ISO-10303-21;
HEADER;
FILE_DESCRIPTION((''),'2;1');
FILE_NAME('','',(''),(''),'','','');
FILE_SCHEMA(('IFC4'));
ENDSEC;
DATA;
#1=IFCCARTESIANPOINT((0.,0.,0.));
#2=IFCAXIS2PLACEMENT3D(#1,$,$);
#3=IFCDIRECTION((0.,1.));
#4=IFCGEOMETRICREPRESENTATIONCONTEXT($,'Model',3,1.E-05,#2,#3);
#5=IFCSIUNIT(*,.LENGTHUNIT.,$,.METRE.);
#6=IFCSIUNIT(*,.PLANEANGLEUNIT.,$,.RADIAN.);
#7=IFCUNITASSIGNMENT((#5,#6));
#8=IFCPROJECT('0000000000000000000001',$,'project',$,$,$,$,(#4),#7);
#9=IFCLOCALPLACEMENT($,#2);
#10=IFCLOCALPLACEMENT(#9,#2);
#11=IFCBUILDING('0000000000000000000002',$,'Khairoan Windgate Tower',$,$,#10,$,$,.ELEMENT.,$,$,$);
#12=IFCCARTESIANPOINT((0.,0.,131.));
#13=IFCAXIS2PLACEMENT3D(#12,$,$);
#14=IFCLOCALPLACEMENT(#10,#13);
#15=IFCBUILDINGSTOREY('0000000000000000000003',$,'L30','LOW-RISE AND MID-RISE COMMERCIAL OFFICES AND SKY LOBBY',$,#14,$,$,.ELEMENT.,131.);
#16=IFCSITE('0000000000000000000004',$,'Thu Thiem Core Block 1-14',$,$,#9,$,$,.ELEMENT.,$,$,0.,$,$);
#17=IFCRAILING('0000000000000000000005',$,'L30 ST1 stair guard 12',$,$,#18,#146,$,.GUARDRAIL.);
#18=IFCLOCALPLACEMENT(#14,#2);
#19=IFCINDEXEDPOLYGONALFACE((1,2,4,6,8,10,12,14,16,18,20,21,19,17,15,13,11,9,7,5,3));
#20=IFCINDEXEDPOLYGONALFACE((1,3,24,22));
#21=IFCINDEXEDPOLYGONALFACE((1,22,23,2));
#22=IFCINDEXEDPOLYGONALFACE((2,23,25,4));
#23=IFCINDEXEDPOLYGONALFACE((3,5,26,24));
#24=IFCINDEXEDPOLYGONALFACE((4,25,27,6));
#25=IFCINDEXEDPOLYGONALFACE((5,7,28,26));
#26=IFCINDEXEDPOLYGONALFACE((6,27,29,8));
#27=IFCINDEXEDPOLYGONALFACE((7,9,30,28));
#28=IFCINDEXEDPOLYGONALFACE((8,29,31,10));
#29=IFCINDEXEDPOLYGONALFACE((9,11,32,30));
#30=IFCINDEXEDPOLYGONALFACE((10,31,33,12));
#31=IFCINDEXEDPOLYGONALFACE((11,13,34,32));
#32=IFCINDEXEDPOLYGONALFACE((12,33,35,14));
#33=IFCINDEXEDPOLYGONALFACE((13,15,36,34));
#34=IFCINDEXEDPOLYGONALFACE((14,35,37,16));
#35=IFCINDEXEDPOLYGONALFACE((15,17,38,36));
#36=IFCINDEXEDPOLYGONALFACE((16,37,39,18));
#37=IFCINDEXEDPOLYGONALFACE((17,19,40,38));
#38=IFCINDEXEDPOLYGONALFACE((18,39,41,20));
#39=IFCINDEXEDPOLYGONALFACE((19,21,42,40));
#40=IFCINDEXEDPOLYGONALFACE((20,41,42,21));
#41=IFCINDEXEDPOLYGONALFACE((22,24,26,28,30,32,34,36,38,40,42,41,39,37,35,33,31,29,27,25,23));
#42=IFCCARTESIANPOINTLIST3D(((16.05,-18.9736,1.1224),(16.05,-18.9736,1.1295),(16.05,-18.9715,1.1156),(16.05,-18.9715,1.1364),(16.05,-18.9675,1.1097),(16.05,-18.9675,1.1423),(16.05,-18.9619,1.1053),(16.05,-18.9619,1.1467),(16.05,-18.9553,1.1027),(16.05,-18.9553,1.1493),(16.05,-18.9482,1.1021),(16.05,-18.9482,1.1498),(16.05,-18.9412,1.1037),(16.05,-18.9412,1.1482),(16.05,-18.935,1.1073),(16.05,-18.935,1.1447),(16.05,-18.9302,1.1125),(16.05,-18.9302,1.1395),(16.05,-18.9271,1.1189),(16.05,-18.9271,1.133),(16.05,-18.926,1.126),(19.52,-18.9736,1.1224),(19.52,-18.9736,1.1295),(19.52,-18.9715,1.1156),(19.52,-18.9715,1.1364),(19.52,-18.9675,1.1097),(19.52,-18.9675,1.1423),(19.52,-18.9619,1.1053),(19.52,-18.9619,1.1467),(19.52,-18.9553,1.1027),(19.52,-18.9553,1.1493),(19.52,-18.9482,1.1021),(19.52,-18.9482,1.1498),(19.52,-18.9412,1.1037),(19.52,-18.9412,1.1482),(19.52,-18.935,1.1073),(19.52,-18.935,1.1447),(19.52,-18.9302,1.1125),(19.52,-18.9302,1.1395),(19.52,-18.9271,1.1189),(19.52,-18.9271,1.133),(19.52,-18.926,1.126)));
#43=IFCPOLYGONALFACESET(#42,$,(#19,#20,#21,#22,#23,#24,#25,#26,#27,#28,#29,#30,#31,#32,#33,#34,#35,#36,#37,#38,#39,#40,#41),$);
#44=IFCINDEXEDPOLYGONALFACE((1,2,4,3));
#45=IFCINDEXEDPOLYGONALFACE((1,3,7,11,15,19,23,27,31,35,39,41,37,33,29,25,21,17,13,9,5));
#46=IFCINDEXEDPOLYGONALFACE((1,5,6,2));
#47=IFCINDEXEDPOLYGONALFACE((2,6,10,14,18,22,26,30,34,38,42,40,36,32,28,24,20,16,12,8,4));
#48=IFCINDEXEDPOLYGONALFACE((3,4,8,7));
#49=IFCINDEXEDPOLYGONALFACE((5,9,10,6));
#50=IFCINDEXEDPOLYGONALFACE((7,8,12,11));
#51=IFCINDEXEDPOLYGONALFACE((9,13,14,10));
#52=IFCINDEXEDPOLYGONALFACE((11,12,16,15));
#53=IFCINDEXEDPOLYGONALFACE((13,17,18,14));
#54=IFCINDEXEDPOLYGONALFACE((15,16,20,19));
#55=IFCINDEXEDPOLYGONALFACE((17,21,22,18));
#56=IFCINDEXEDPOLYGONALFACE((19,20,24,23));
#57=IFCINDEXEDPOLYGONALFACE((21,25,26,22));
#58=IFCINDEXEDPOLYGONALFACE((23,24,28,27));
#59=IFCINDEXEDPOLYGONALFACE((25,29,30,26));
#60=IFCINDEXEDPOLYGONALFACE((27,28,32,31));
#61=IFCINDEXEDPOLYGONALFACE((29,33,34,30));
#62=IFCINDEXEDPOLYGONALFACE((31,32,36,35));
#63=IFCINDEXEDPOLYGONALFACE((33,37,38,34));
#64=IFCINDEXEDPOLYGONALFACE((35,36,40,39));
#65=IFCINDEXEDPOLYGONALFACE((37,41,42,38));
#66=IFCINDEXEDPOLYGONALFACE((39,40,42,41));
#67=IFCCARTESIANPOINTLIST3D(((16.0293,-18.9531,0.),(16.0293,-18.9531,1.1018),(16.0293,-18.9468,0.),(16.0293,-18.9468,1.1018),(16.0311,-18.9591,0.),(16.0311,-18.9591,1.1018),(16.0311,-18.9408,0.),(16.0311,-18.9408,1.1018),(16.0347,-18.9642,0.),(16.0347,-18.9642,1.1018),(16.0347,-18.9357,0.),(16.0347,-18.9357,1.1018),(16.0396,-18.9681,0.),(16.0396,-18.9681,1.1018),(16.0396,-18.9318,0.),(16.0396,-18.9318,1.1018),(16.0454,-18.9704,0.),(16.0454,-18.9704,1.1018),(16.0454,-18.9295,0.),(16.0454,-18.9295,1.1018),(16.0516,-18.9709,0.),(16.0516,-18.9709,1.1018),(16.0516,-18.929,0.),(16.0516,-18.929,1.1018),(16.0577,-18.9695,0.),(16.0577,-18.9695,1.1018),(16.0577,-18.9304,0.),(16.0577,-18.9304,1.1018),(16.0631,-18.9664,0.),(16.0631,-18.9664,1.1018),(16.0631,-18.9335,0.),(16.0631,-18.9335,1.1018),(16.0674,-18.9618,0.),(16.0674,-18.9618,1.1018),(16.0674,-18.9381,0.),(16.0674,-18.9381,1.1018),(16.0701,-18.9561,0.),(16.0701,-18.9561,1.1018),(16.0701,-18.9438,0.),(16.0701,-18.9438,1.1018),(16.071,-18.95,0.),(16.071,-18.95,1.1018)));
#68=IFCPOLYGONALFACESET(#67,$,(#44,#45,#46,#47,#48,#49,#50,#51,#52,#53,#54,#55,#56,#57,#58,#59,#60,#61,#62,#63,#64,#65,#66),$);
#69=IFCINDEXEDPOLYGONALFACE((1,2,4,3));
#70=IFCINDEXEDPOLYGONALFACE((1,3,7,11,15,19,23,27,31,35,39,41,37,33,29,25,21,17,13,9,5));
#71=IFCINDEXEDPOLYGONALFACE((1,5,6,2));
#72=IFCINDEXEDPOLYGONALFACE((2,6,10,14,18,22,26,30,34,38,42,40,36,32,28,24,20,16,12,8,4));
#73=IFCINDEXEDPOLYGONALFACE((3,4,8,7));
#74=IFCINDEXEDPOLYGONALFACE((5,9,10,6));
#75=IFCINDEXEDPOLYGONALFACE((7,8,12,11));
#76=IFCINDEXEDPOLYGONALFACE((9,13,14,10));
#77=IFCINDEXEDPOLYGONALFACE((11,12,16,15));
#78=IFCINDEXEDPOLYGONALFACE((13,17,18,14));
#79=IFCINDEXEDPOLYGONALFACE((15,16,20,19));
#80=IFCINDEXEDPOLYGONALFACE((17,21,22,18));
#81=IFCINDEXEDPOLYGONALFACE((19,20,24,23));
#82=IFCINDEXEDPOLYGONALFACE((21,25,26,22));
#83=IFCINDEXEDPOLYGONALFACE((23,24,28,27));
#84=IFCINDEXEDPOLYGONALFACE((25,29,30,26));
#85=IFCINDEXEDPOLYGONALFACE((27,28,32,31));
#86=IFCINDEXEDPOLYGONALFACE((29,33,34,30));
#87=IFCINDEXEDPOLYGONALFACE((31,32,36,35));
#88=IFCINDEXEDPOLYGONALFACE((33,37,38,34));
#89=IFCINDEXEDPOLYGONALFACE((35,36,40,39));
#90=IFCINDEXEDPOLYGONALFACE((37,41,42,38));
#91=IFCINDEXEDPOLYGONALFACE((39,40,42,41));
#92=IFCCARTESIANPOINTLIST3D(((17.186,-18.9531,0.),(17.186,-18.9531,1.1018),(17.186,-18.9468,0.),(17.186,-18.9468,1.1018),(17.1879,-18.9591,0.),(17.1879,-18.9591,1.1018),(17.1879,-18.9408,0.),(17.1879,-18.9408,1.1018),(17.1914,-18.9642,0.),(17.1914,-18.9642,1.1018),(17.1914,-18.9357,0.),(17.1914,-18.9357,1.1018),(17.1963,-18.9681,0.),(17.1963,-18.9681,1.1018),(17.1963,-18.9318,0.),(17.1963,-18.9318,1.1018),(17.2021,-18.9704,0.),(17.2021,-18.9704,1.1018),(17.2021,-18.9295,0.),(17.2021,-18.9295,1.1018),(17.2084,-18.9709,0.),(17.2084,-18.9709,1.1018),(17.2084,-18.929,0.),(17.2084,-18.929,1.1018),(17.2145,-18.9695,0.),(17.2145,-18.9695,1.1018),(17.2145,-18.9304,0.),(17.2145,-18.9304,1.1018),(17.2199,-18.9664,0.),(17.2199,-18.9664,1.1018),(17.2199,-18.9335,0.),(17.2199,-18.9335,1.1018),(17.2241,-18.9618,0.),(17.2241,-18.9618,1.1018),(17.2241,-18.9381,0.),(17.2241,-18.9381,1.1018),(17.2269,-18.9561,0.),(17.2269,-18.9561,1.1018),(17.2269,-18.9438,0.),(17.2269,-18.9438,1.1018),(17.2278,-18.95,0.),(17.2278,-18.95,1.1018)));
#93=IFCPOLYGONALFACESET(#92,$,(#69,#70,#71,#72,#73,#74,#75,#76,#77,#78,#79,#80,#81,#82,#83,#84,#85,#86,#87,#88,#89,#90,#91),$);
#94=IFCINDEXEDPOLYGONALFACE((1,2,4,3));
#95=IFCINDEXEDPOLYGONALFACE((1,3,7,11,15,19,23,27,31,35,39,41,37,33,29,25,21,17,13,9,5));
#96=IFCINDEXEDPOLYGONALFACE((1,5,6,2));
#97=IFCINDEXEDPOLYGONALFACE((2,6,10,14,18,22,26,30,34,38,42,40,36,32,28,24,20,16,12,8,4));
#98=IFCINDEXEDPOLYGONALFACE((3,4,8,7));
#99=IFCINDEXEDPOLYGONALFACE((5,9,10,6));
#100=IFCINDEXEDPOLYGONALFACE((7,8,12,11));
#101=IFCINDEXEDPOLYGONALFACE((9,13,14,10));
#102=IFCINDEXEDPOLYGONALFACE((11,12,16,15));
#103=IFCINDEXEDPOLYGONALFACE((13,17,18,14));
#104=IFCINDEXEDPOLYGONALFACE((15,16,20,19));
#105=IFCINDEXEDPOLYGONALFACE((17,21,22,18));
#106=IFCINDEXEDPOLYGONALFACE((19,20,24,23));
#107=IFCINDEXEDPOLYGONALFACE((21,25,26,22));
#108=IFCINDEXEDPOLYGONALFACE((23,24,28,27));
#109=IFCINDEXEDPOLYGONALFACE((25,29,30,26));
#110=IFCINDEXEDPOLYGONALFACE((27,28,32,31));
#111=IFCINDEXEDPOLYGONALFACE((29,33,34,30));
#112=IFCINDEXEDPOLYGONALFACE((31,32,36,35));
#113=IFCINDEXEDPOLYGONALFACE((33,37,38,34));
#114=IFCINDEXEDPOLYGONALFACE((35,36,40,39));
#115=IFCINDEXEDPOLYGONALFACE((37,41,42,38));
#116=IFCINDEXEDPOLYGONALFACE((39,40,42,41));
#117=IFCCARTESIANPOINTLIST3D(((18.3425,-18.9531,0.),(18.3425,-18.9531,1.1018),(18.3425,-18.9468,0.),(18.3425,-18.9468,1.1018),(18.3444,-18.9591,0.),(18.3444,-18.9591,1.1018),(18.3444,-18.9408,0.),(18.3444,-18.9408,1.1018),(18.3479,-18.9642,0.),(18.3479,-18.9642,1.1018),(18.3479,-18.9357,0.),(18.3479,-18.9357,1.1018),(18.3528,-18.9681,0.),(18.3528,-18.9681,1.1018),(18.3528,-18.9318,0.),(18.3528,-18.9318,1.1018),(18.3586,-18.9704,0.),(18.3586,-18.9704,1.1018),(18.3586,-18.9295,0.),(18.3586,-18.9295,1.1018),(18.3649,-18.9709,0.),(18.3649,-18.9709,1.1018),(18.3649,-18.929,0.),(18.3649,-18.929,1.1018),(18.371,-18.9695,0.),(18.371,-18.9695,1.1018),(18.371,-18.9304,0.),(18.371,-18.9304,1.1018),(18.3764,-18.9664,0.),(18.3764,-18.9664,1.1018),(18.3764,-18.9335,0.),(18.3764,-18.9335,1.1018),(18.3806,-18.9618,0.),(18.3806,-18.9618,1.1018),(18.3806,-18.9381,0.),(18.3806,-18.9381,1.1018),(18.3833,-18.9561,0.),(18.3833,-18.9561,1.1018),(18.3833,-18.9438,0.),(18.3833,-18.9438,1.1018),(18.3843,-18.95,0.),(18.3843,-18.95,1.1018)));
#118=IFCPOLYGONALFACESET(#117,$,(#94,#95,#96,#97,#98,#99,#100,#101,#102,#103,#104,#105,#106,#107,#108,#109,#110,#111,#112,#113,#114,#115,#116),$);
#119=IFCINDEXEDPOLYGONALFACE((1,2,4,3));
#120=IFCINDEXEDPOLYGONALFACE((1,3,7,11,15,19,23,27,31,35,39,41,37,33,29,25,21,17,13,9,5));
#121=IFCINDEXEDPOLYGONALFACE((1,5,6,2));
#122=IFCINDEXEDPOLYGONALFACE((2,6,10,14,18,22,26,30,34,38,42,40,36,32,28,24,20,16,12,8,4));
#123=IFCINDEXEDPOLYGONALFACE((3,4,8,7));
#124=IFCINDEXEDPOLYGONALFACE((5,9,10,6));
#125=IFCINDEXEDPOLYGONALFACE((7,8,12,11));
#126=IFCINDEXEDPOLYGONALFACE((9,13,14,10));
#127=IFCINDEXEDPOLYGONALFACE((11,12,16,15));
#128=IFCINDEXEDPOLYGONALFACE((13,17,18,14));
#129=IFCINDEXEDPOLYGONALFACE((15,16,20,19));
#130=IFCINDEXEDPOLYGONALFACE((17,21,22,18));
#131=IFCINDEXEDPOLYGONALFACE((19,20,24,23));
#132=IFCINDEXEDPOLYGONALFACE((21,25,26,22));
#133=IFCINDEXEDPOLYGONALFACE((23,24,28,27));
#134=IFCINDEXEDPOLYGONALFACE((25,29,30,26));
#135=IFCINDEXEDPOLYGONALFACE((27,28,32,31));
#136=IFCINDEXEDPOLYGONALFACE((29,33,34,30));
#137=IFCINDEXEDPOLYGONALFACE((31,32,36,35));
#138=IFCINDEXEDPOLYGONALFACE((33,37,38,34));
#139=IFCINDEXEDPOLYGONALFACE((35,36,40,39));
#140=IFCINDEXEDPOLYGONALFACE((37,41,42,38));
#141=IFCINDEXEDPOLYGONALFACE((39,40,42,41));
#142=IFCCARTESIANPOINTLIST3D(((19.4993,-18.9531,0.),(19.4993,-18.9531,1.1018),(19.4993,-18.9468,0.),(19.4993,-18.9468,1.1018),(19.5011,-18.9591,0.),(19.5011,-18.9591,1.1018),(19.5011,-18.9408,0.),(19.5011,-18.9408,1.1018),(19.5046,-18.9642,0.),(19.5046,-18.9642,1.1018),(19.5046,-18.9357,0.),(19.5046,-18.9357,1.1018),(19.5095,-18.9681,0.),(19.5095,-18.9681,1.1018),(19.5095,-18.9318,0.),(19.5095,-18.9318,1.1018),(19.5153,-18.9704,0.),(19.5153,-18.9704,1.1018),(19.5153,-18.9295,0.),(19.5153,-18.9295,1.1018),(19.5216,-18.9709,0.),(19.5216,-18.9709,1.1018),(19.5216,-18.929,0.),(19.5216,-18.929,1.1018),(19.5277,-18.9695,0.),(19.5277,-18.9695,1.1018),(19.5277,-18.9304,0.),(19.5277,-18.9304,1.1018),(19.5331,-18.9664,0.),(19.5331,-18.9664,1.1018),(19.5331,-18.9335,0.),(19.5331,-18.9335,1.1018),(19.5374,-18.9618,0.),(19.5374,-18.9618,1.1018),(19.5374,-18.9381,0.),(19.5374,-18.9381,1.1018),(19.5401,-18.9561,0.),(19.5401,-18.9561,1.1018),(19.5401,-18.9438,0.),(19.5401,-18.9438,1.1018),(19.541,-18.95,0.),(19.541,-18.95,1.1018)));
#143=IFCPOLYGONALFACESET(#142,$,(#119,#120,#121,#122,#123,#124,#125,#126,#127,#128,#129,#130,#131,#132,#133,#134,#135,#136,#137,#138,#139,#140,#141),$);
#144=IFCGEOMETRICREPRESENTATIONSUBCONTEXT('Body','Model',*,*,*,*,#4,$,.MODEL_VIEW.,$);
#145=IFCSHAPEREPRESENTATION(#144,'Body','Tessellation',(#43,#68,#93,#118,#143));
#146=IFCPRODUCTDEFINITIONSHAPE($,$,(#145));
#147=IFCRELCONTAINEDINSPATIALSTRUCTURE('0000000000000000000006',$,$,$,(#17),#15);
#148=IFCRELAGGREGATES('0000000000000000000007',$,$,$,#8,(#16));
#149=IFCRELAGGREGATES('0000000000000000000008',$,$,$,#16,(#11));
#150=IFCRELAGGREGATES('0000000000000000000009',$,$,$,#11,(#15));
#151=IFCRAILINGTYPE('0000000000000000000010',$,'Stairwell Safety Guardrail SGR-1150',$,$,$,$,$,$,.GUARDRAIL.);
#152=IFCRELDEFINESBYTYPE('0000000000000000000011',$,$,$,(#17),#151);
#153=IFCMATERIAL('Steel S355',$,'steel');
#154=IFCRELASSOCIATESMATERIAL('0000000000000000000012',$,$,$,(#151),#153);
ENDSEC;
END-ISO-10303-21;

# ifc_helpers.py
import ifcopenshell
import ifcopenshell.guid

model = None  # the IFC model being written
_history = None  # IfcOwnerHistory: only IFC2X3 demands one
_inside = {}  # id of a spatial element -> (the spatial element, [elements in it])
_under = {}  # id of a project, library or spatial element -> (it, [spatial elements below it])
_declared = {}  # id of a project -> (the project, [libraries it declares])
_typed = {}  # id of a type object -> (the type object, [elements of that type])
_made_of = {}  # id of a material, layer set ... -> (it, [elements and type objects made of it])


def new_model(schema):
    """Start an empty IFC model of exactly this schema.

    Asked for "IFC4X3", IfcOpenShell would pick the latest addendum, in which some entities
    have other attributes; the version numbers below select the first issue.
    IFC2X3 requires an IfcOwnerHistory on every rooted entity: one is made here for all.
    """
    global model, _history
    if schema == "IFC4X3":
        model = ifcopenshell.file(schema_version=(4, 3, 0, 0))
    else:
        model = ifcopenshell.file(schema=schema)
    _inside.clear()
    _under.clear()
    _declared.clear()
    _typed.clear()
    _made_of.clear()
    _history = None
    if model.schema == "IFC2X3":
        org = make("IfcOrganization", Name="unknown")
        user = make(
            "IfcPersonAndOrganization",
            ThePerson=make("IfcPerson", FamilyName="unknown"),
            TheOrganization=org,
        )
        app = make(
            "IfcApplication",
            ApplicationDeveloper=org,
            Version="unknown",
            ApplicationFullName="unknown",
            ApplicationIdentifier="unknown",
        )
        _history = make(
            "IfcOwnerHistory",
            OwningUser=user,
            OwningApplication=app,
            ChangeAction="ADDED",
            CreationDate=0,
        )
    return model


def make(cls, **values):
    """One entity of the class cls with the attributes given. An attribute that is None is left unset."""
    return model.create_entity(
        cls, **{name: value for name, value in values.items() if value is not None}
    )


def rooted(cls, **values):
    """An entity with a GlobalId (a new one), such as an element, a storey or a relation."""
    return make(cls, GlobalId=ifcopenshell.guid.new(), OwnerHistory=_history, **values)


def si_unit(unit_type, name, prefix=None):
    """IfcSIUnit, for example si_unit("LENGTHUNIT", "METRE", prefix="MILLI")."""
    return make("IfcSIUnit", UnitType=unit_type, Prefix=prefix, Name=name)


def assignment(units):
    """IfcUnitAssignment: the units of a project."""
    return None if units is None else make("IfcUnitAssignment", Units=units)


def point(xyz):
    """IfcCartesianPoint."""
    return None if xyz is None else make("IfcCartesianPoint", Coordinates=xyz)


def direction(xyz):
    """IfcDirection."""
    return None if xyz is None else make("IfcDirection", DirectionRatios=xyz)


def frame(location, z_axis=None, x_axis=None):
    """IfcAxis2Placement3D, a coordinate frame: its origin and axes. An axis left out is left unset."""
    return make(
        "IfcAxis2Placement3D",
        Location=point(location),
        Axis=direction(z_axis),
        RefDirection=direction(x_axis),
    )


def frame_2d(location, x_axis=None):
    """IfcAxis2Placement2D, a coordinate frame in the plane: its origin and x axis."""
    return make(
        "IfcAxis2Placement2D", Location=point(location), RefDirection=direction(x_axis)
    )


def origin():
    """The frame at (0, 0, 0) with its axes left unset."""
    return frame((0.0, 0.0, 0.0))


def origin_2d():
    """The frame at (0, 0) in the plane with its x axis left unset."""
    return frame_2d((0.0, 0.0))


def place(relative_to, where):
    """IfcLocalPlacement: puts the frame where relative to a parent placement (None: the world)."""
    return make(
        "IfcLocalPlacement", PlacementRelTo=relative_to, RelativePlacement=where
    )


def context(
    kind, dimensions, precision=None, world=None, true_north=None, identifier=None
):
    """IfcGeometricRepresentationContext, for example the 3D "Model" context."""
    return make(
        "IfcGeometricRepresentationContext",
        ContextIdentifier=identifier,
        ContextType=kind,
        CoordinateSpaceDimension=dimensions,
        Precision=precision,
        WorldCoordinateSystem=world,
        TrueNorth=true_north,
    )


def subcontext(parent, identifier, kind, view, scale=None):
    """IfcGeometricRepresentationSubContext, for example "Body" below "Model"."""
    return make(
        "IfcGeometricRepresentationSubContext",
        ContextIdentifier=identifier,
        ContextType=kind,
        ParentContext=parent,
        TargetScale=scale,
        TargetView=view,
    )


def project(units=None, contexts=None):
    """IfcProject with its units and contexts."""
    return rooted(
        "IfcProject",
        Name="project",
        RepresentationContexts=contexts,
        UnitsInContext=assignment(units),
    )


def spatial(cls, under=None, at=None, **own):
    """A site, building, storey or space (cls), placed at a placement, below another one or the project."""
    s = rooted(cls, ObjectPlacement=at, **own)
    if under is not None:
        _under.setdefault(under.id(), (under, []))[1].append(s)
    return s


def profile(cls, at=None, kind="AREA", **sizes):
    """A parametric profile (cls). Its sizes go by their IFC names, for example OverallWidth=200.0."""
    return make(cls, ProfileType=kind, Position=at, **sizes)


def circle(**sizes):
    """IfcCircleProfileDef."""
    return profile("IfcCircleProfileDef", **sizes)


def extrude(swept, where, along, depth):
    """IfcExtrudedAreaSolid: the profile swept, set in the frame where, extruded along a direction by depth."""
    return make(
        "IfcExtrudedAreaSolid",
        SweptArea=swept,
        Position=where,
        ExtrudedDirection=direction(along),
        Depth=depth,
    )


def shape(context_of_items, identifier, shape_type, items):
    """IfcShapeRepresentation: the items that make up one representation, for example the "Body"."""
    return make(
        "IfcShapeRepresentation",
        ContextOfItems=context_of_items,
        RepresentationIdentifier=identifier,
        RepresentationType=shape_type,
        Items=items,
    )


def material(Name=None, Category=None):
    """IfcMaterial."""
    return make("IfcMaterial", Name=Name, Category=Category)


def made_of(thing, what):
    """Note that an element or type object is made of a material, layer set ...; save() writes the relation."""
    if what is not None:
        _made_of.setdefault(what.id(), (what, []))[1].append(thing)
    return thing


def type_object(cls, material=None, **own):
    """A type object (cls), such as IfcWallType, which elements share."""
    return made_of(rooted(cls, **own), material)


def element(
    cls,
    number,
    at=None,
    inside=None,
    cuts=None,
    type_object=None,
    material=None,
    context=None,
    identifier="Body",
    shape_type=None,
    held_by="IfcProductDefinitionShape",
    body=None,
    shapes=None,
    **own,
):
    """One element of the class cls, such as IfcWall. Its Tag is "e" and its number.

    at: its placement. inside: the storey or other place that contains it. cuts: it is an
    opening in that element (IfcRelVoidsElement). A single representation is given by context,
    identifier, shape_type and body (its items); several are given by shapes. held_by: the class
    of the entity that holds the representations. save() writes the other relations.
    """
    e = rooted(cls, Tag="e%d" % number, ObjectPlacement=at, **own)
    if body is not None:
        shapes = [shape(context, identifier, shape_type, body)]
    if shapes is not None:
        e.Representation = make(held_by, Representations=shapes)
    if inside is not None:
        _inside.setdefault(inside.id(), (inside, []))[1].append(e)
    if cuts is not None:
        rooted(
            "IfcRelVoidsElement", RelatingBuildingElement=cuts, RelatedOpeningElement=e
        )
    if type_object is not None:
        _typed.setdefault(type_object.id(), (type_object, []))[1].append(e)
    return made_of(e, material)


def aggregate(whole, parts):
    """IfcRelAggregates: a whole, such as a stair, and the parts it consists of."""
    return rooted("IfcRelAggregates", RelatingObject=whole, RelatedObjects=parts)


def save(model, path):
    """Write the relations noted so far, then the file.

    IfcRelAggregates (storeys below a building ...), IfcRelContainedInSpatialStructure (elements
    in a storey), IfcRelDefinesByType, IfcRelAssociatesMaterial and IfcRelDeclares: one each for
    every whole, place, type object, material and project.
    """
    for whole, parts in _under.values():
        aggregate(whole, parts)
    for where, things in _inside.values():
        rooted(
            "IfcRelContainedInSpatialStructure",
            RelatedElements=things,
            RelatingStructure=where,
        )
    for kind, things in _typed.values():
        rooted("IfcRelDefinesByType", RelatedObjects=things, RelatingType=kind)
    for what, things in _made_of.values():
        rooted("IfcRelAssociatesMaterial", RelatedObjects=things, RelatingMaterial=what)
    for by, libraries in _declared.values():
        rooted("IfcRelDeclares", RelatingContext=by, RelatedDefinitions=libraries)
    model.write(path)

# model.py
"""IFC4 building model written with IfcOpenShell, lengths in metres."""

from ifc_helpers import new_model, si_unit, direction, frame, origin, origin_2d, place, context, subcontext, project, spatial, circle, extrude, material, type_object, element, save


model = new_model("IFC4")

# Units and contexts
model_context = context("Model", 3, precision=1e-05, world=origin(), true_north=direction((0.0, 1.0)))
body_context = subcontext(model_context, "Body", "Model", "MODEL_VIEW")
ifc_project = project(units=[si_unit("LENGTHUNIT", "METRE"), si_unit("PLANEANGLEUNIT", "RADIAN")], contexts=[model_context])

# Site, building, storey
site_placement = place(None, origin())
site = spatial("IfcSite", under=ifc_project, at=site_placement, Name="Thu Thiem Core Block 1-14", CompositionType="ELEMENT", RefElevation=0.0)
building_placement = place(site_placement, origin())
building = spatial("IfcBuilding", under=site, at=building_placement, Name="Khairoan Windgate Tower", CompositionType="ELEMENT")
storey_placement = place(building_placement, frame((0.0, 0.0, 131.0)))
storey = spatial("IfcBuildingStorey", under=building, at=storey_placement, Name="L30", Description="LOW-RISE AND MID-RISE COMMERCIAL OFFICES AND SKY LOBBY", CompositionType="ELEMENT", Elevation=131.0)

# Railing
ifc_material_1 = material(Name="Steel S355", Category="steel")
railing_type = type_object("IfcRailingType", Name="Stairwell Safety Guardrail SGR-1150", PredefinedType="GUARDRAIL", material=ifc_material_1)
railing_placement = place(storey_placement, frame((16.05, -18.95, 0.0)))
element("IfcRailing", 1, at=railing_placement, inside=storey, type_object=railing_type, Name="L30 ST1 stair guard 12", PredefinedType="GUARDRAIL", context=body_context, shape_type="SweptSolid", body=[
    extrude(circle(Radius=0.0239, at=origin_2d()), frame((0.0, 0.0, 1.126), z_axis=(1.0, 0.0, 0.0), x_axis=(0.0, 1.0, 0.0)), (0.0, 0.0, 1.0), 3.47),
    extrude(circle(Radius=0.021, at=origin_2d()), origin(), (0.0, 0.0, 1.0), 1.1018),
    extrude(circle(Radius=0.021, at=origin_2d()), frame((1.1567, 0.0, 0.0)), (0.0, 0.0, 1.0), 1.1018),
    extrude(circle(Radius=0.021, at=origin_2d()), frame((2.3132, 0.0, 0.0)), (0.0, 0.0, 1.0), 1.1018),
    extrude(circle(Radius=0.021, at=origin_2d()), frame((3.47, 0.0, 0.0)), (0.0, 0.0, 1.0), 1.1018),
])

save(model, "model.ifc")
